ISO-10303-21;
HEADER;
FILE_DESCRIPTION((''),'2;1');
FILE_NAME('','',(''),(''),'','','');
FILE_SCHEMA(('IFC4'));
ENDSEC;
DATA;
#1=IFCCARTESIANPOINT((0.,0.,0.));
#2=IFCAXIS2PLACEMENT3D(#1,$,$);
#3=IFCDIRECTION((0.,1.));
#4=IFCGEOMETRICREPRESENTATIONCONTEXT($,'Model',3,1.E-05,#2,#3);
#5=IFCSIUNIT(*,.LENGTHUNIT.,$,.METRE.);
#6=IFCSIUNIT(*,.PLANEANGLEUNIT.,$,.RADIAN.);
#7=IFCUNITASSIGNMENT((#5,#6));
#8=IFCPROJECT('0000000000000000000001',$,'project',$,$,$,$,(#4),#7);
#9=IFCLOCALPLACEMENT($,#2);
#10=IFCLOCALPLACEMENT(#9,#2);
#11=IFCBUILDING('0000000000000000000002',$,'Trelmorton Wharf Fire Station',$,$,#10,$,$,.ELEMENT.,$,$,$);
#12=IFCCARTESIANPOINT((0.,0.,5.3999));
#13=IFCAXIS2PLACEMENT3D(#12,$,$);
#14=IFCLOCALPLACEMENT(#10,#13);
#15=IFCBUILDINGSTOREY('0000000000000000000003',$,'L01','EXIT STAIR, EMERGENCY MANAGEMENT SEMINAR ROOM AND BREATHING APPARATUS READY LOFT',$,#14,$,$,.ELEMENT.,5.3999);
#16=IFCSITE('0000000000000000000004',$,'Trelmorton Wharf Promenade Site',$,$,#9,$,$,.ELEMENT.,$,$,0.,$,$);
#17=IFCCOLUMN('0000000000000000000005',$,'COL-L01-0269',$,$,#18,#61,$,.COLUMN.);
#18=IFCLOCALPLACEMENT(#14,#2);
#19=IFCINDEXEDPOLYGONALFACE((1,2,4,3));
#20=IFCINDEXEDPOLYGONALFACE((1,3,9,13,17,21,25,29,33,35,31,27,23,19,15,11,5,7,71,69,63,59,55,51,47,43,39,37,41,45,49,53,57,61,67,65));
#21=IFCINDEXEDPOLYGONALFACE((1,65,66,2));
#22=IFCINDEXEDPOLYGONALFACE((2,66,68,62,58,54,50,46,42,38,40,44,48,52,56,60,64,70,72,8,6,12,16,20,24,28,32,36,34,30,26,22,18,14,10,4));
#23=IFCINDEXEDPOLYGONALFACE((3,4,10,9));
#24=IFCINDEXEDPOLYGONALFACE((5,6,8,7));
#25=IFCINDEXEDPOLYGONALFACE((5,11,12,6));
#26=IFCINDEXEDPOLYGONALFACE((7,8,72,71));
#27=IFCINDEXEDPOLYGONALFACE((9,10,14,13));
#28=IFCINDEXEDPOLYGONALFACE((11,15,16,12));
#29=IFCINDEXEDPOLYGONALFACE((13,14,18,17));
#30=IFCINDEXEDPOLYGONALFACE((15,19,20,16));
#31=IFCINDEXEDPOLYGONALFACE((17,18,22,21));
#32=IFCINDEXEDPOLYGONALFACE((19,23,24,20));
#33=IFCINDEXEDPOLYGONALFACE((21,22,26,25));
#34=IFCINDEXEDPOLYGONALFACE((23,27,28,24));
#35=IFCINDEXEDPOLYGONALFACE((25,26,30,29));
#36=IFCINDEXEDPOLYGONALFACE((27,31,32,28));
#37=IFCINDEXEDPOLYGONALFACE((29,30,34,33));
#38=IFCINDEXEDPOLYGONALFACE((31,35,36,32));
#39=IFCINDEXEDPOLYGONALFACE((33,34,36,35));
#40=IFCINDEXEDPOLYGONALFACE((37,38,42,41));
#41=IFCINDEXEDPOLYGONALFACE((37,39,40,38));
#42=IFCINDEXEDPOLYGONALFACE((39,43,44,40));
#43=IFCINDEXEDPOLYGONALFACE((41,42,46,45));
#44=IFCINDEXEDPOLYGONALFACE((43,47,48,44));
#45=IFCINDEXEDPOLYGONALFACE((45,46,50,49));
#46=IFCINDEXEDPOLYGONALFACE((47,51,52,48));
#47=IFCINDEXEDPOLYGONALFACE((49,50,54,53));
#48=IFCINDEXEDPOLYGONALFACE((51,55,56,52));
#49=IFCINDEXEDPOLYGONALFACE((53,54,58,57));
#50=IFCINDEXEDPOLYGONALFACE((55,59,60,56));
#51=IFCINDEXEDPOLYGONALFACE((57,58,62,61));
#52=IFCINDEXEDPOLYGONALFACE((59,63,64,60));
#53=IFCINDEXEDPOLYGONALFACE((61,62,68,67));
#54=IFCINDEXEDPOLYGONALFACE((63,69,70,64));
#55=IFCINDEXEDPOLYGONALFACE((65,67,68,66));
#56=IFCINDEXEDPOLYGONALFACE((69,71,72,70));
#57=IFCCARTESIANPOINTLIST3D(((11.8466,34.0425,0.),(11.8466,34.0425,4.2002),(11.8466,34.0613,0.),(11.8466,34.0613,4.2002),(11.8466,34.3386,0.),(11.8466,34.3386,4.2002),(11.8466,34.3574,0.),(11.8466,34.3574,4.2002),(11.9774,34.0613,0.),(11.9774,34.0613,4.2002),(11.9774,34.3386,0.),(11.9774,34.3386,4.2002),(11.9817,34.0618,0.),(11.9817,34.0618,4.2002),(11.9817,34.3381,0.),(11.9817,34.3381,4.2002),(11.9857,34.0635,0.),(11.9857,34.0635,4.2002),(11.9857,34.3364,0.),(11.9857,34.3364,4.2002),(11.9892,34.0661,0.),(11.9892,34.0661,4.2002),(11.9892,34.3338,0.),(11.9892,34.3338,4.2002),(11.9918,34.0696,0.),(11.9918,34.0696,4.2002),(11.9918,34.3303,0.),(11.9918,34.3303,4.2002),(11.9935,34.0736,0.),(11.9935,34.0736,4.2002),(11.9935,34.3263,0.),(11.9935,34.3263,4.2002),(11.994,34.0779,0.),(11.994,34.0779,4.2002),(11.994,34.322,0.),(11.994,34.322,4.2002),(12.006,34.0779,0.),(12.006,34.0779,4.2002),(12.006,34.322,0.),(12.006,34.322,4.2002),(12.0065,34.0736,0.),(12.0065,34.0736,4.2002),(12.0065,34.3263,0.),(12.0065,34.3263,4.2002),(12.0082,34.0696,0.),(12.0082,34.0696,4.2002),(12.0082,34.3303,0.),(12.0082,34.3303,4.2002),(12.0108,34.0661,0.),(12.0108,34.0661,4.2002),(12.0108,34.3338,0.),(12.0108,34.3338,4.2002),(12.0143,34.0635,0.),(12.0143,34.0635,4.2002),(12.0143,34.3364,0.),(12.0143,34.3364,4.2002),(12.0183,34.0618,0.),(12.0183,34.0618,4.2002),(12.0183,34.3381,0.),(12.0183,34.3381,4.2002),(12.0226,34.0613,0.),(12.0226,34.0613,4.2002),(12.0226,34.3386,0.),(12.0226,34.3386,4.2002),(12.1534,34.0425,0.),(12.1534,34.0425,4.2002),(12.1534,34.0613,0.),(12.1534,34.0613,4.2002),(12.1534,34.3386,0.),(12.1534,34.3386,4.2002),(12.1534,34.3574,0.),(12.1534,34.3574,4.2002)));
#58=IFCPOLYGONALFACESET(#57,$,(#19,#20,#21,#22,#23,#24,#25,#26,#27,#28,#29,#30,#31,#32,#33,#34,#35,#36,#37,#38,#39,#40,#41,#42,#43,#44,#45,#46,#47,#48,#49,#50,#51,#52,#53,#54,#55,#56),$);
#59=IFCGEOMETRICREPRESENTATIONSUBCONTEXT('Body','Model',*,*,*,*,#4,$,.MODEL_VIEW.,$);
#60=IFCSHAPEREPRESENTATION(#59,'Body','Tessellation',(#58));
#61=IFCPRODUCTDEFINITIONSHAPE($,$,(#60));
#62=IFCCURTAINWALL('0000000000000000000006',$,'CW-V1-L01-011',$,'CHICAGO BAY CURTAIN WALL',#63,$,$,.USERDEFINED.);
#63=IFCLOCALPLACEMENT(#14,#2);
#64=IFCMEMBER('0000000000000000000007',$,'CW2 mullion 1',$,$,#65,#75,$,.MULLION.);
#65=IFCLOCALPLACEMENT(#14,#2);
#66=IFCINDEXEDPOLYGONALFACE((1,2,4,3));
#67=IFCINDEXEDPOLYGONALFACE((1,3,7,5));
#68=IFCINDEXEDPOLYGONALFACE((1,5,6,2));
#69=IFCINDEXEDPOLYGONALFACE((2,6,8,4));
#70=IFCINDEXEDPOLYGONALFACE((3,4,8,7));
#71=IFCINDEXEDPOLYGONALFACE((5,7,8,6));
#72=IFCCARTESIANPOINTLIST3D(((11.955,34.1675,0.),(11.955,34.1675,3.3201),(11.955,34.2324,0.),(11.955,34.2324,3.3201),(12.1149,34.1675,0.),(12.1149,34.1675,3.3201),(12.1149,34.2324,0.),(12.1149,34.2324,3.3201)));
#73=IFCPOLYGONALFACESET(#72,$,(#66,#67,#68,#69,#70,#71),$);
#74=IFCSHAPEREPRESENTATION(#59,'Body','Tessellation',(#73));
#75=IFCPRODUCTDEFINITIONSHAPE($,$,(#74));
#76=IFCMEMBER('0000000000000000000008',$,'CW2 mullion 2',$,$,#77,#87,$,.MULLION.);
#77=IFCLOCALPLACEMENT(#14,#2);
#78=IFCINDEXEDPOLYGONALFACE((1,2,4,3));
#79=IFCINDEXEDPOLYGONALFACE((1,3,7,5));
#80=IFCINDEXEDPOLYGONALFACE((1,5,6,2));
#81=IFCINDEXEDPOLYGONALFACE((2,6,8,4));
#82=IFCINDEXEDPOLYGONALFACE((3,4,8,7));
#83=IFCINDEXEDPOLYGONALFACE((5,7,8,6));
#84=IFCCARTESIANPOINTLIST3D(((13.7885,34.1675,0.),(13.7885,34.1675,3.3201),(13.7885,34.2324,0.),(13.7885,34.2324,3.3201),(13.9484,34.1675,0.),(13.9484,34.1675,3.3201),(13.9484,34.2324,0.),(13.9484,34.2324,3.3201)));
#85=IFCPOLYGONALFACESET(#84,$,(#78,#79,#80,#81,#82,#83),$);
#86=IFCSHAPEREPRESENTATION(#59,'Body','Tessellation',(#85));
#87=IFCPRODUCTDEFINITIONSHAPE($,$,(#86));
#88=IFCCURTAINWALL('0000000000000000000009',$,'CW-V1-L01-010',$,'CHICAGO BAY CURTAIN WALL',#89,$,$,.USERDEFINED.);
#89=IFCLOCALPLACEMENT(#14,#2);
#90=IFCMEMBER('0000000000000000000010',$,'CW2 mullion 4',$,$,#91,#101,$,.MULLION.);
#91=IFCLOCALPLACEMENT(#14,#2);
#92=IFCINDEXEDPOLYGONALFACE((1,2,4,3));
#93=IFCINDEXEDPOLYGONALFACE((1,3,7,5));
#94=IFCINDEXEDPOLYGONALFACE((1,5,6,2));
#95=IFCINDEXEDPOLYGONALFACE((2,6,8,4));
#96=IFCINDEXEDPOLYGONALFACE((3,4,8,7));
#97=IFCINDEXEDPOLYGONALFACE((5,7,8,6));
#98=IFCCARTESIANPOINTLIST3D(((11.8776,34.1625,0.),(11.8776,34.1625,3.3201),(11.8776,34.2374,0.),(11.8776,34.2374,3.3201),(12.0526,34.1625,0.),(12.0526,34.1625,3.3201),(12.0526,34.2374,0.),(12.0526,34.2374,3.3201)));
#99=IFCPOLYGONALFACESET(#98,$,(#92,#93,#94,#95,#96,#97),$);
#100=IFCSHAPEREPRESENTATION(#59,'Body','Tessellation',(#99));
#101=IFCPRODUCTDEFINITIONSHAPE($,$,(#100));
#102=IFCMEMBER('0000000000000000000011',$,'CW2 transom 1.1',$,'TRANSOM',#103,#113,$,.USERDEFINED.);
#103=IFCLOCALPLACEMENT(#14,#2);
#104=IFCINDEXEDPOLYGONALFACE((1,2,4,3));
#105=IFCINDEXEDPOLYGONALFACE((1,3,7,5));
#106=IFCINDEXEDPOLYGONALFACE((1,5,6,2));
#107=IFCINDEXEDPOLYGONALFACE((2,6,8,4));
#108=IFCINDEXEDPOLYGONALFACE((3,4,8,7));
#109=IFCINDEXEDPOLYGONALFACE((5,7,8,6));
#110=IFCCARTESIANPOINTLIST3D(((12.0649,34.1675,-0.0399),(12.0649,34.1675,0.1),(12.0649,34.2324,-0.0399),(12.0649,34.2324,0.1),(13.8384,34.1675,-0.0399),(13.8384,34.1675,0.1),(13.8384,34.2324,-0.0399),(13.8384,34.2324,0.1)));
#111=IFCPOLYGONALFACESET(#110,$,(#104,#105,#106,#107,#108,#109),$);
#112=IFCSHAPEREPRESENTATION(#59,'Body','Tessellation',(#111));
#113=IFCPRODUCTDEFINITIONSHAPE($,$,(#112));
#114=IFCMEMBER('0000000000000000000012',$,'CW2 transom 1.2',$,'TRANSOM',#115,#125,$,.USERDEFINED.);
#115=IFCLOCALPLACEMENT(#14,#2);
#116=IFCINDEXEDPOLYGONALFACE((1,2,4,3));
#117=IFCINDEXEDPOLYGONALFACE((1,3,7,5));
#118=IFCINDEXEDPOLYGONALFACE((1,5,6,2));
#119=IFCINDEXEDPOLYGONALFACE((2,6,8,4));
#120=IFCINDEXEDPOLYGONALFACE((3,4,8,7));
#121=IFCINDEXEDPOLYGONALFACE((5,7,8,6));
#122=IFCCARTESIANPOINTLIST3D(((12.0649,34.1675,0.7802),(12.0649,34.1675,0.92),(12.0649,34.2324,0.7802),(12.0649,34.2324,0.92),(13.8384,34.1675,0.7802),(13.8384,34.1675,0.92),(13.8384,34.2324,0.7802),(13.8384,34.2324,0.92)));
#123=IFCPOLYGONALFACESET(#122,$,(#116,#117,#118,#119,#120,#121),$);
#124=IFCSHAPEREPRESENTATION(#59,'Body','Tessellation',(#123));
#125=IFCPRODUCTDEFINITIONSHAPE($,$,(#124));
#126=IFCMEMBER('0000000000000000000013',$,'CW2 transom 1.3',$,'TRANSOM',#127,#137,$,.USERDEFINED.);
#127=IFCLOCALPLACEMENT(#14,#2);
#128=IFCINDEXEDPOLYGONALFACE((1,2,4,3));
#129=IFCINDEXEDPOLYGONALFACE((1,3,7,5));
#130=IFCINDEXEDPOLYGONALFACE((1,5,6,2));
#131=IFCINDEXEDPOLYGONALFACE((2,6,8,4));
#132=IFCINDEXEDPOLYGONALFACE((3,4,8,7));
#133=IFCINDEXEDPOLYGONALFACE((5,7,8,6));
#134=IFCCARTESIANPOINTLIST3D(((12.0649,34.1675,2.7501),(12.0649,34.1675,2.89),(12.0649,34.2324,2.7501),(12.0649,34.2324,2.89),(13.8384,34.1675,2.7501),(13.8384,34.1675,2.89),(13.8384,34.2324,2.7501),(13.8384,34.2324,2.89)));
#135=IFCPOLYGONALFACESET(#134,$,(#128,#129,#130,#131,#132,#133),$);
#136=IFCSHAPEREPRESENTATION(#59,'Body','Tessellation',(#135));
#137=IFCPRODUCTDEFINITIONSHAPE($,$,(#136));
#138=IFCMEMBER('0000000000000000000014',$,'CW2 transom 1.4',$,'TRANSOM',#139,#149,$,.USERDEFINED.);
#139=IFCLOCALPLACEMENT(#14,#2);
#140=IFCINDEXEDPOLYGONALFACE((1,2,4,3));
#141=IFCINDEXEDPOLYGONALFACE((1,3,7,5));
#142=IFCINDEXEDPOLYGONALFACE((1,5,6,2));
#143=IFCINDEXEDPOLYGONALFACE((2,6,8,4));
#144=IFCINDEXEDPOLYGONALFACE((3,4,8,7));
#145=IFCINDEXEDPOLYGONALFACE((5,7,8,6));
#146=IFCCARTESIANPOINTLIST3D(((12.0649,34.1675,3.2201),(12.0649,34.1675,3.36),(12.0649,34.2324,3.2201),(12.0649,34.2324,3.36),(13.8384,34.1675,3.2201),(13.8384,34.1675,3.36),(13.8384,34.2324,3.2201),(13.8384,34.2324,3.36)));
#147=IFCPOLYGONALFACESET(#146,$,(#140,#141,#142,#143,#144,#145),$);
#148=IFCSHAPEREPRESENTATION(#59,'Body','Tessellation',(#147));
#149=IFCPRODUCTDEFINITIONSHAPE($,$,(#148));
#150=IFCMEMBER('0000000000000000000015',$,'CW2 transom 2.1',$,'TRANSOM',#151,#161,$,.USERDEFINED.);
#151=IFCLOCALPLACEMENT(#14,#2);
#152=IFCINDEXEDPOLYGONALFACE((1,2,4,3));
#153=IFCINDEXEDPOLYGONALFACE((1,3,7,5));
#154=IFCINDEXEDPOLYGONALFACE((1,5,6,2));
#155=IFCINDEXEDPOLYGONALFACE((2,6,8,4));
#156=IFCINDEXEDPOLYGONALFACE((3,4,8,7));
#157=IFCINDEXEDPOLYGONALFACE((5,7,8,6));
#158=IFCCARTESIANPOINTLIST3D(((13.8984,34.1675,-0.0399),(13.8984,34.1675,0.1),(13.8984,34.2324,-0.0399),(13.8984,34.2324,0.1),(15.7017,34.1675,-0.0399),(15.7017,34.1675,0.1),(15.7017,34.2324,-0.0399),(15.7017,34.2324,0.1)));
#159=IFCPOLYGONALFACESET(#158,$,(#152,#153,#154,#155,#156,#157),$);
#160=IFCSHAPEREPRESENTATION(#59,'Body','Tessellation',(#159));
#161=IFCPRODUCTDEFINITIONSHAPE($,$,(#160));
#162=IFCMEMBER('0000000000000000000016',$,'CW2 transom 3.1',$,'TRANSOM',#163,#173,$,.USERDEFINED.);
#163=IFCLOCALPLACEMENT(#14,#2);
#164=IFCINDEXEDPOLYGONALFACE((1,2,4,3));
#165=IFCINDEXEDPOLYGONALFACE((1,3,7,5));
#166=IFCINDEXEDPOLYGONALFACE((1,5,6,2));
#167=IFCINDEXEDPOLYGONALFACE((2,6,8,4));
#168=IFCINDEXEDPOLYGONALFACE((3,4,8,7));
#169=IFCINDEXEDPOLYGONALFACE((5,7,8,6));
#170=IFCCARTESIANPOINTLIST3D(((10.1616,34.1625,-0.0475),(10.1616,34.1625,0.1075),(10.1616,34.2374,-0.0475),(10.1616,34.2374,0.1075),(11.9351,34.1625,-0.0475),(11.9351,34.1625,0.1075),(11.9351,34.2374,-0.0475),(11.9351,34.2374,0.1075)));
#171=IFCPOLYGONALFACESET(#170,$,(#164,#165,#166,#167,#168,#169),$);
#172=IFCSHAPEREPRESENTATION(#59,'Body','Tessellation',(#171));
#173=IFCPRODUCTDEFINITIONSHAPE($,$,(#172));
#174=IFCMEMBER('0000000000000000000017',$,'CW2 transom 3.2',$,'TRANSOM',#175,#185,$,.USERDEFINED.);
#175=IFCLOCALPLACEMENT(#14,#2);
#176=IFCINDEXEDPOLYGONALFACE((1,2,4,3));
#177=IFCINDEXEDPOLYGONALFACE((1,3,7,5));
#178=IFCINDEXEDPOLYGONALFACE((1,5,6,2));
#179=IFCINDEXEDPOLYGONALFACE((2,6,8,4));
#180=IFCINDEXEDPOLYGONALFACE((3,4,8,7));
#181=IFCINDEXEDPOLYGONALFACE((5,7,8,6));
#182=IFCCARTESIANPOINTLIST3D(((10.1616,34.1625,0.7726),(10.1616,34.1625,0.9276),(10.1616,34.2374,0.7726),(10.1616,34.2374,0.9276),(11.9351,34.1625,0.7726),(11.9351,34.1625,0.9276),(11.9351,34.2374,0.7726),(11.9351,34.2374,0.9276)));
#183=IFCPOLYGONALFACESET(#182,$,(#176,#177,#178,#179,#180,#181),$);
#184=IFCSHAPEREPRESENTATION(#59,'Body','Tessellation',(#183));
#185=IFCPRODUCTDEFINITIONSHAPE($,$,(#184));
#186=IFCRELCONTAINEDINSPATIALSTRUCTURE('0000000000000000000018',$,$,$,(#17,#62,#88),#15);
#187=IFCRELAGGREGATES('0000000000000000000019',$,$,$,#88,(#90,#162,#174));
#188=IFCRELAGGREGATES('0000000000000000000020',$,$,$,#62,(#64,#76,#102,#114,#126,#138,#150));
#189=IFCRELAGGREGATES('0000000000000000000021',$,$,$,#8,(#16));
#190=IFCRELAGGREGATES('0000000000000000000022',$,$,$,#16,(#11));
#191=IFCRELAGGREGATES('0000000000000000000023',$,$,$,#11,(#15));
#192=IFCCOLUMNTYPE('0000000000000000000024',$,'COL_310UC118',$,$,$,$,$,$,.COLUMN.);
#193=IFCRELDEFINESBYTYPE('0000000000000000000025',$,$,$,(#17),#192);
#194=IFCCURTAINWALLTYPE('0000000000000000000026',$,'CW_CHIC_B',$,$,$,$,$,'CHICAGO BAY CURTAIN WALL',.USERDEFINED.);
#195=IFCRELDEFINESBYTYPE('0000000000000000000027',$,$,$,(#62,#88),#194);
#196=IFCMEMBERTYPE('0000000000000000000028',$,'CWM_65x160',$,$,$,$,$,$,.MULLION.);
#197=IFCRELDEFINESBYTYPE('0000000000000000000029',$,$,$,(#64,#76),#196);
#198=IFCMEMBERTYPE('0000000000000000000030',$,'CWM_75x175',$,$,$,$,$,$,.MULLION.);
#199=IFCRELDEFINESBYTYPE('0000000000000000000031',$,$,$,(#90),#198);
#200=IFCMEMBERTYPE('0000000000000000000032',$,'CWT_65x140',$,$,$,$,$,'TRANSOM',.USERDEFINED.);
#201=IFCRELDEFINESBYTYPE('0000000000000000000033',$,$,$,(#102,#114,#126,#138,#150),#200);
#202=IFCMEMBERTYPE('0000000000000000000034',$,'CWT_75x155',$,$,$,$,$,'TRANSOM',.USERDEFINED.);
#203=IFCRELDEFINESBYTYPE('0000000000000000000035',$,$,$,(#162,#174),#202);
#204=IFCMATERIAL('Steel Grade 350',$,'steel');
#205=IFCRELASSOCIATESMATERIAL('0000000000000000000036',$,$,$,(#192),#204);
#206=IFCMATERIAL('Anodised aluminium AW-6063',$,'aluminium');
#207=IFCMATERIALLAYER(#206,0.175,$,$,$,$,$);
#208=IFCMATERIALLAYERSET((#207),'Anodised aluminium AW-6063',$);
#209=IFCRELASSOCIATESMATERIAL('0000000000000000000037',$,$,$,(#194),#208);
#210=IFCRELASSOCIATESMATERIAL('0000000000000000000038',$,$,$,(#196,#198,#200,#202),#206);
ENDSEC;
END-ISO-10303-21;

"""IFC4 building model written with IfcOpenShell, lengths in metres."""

from ifc_helpers import new_model, si_unit, direction, frame, origin, origin_2d, place, context, subcontext, project, spatial, rectangle, i_section, extrude, material, layer, layer_set, material_profile, profile_set, type_object, element, aggregate, save


model = new_model("IFC4")

# Units and contexts
model_context = context("Model", 3, precision=1e-05, world=origin(), true_north=direction((0.0, 1.0)))
body_context = subcontext(model_context, "Body", "Model", "MODEL_VIEW")
ifc_project = project(units=[si_unit("LENGTHUNIT", "METRE"), si_unit("PLANEANGLEUNIT", "RADIAN")], contexts=[model_context])

# Site, building, storey
site_placement = place(None, origin())
site = spatial("IfcSite", under=ifc_project, at=site_placement, Name="Trelmorton Wharf Promenade Site", CompositionType="ELEMENT", RefElevation=0.0)
building_placement = place(site_placement, origin())
building = spatial("IfcBuilding", under=site, at=building_placement, Name="Trelmorton Wharf Fire Station", CompositionType="ELEMENT")
storey_placement = place(building_placement, frame((0.0, 0.0, 5.3999)))
storey = spatial("IfcBuildingStorey", under=building, at=storey_placement, Name="L01", Description="EXIT STAIR, EMERGENCY MANAGEMENT SEMINAR ROOM AND BREATHING APPARATUS READY LOFT", CompositionType="ELEMENT", Elevation=5.3999)

# Column
ifc_material_1 = material(Name="Steel Grade 350", Category="steel")
ifc_material_profile_1 = material_profile(ifc_material_1, i_section(OverallWidth=0.3069, OverallDepth=0.3149, WebThickness=0.012, FlangeThickness=0.0188, FilletRadius=0.0166, at=origin_2d()), Name="310UC118")
ifc_profile_set_1 = profile_set([ifc_material_profile_1], Name="Steel Grade 350")
column_type = type_object("IfcColumnType", Name="COL_310UC118", PredefinedType="COLUMN", material=ifc_profile_set_1)
column_placement = place(storey_placement, frame((12.0, 34.2, 0.0), z_axis=(0.0, 0.0, 1.0), x_axis=(1.0, 0.0, 0.0)))
element("IfcColumn", 1, at=column_placement, inside=storey, type_object=column_type, Name="COL-L01-0269", PredefinedType="COLUMN", context=body_context, shape_type="SweptSolid", body=[
    extrude(i_section(OverallWidth=0.3069, OverallDepth=0.3149, WebThickness=0.012, FlangeThickness=0.0188, FilletRadius=0.0166, at=origin_2d()), origin(), (0.0, 0.0, 1.0), 4.2002),
])

# Curtain wall, members
ifc_material_2 = material(Name="Anodised aluminium AW-6063", Category="aluminium")
ifc_layer_1 = layer(ifc_material_2, 0.175)
ifc_layer_set_1 = layer_set([ifc_layer_1], Name="Anodised aluminium AW-6063")
curtain_wall_type = type_object("IfcCurtainWallType", Name="CW_CHIC_B", ElementType="CHICAGO BAY CURTAIN WALL", PredefinedType="USERDEFINED", material=ifc_layer_set_1)
curtain_wall_1_placement = place(storey_placement, origin())
curtain_wall_1 = element("IfcCurtainWall", 2, at=curtain_wall_1_placement, inside=storey, type_object=curtain_wall_type, Name="CW-V1-L01-011", ObjectType="CHICAGO BAY CURTAIN WALL", PredefinedType="USERDEFINED")
ifc_material_profile_2 = material_profile(ifc_material_2, rectangle(XDim=0.0649, YDim=0.1599, at=origin_2d()), Name="ALU-65x160")
ifc_profile_set_2 = profile_set([ifc_material_profile_2], Name="Anodised aluminium AW-6063")
member_type_1 = type_object("IfcMemberType", Name="CWM_65x160", PredefinedType="MULLION", material=ifc_profile_set_2)
member_1_placement = place(storey_placement, frame((12.0349, 34.2, 0.0), z_axis=(0.0, 0.0, 1.0), x_axis=(0.0, 1.0, 0.0)))
member_1 = element("IfcMember", 3, at=member_1_placement, type_object=member_type_1, Name="CW2 mullion 1", PredefinedType="MULLION", context=body_context, shape_type="SweptSolid", body=[
    extrude(rectangle(XDim=0.0649, YDim=0.1599, at=origin_2d()), origin(), (0.0, 0.0, 1.0), 3.3201),
])
member_2_placement = place(storey_placement, frame((13.8684, 34.2, 0.0), z_axis=(0.0, 0.0, 1.0), x_axis=(0.0, 1.0, 0.0)))
member_2 = element("IfcMember", 4, at=member_2_placement, type_object=member_type_1, Name="CW2 mullion 2", PredefinedType="MULLION", context=body_context, shape_type="SweptSolid", body=[
    extrude(rectangle(XDim=0.0649, YDim=0.1599, at=origin_2d()), origin(), (0.0, 0.0, 1.0), 3.3201),
])

# Curtain wall, member
curtain_wall_2_placement = place(storey_placement, origin())
curtain_wall_2 = element("IfcCurtainWall", 5, at=curtain_wall_2_placement, inside=storey, type_object=curtain_wall_type, Name="CW-V1-L01-010", ObjectType="CHICAGO BAY CURTAIN WALL", PredefinedType="USERDEFINED")
ifc_material_profile_3 = material_profile(ifc_material_2, rectangle(XDim=0.075, YDim=0.175, at=origin_2d()), Name="ALU-75x175")
ifc_profile_set_3 = profile_set([ifc_material_profile_3], Name="Anodised aluminium AW-6063")
member_type_2 = type_object("IfcMemberType", Name="CWM_75x175", PredefinedType="MULLION", material=ifc_profile_set_3)
member_3_placement = place(storey_placement, frame((11.9651, 34.2, 0.0), z_axis=(0.0, 0.0, 1.0), x_axis=(0.0, 1.0, 0.0)))
member_3 = element("IfcMember", 6, at=member_3_placement, type_object=member_type_2, Name="CW2 mullion 4", PredefinedType="MULLION", context=body_context, shape_type="SweptSolid", body=[
    extrude(rectangle(XDim=0.075, YDim=0.175, at=origin_2d()), origin(), (0.0, 0.0, 1.0), 3.3201),
])

# Members
ifc_material_profile_4 = material_profile(ifc_material_2, rectangle(XDim=0.0649, YDim=0.1399, at=origin_2d()), Name="ALU-65x140")
ifc_profile_set_4 = profile_set([ifc_material_profile_4], Name="Anodised aluminium AW-6063")
member_type_3 = type_object("IfcMemberType", Name="CWT_65x140", ElementType="TRANSOM", PredefinedType="USERDEFINED", material=ifc_profile_set_4)
member_4_placement = place(storey_placement, frame((12.0649, 34.2, 0.03), z_axis=(1.0, 0.0, 0.0), x_axis=(0.0, 1.0, 0.0)))
member_4 = element("IfcMember", 7, at=member_4_placement, type_object=member_type_3, Name="CW2 transom 1.1", ObjectType="TRANSOM", PredefinedType="USERDEFINED", context=body_context, shape_type="SweptSolid", body=[
    extrude(rectangle(XDim=0.0649, YDim=0.1399, at=origin_2d()), origin(), (0.0, 0.0, 1.0), 1.7734),
])
member_5_placement = place(storey_placement, frame((12.0649, 34.2, 0.8501), z_axis=(1.0, 0.0, 0.0), x_axis=(0.0, 1.0, 0.0)))
member_5 = element("IfcMember", 8, at=member_5_placement, type_object=member_type_3, Name="CW2 transom 1.2", ObjectType="TRANSOM", PredefinedType="USERDEFINED", context=body_context, shape_type="SweptSolid", body=[
    extrude(rectangle(XDim=0.0649, YDim=0.1399, at=origin_2d()), origin(), (0.0, 0.0, 1.0), 1.7734),
])
member_6_placement = place(storey_placement, frame((12.0649, 34.2, 2.8201), z_axis=(1.0, 0.0, 0.0), x_axis=(0.0, 1.0, 0.0)))
member_6 = element("IfcMember", 9, at=member_6_placement, type_object=member_type_3, Name="CW2 transom 1.3", ObjectType="TRANSOM", PredefinedType="USERDEFINED", context=body_context, shape_type="SweptSolid", body=[
    extrude(rectangle(XDim=0.0649, YDim=0.1399, at=origin_2d()), origin(), (0.0, 0.0, 1.0), 1.7734),
])
member_7_placement = place(storey_placement, frame((12.0649, 34.2, 3.29), z_axis=(1.0, 0.0, 0.0), x_axis=(0.0, 1.0, 0.0)))
member_7 = element("IfcMember", 10, at=member_7_placement, type_object=member_type_3, Name="CW2 transom 1.4", ObjectType="TRANSOM", PredefinedType="USERDEFINED", context=body_context, shape_type="SweptSolid", body=[
    extrude(rectangle(XDim=0.0649, YDim=0.1399, at=origin_2d()), origin(), (0.0, 0.0, 1.0), 1.7734),
])
member_8_placement = place(storey_placement, frame((13.8984, 34.2, 0.03), z_axis=(1.0, 0.0, 0.0), x_axis=(0.0, 1.0, 0.0)))
member_8 = element("IfcMember", 11, at=member_8_placement, type_object=member_type_3, Name="CW2 transom 2.1", ObjectType="TRANSOM", PredefinedType="USERDEFINED", context=body_context, shape_type="SweptSolid", body=[
    extrude(rectangle(XDim=0.0649, YDim=0.1399, at=origin_2d()), origin(), (0.0, 0.0, 1.0), 1.8032),
])
ifc_material_profile_5 = material_profile(ifc_material_2, rectangle(XDim=0.075, YDim=0.155, at=origin_2d()), Name="ALU-75x155")
ifc_profile_set_5 = profile_set([ifc_material_profile_5], Name="Anodised aluminium AW-6063")
member_type_4 = type_object("IfcMemberType", Name="CWT_75x155", ElementType="TRANSOM", PredefinedType="USERDEFINED", material=ifc_profile_set_5)
member_9_placement = place(storey_placement, frame((10.1616, 34.2, 0.03), z_axis=(1.0, 0.0, 0.0), x_axis=(0.0, 1.0, 0.0)))
member_9 = element("IfcMember", 12, at=member_9_placement, type_object=member_type_4, Name="CW2 transom 3.1", ObjectType="TRANSOM", PredefinedType="USERDEFINED", context=body_context, shape_type="SweptSolid", body=[
    extrude(rectangle(XDim=0.075, YDim=0.155, at=origin_2d()), origin(), (0.0, 0.0, 1.0), 1.7734),
])
member_10_placement = place(storey_placement, frame((10.1616, 34.2, 0.8501), z_axis=(1.0, 0.0, 0.0), x_axis=(0.0, 1.0, 0.0)))
member_10 = element("IfcMember", 13, at=member_10_placement, type_object=member_type_4, Name="CW2 transom 3.2", ObjectType="TRANSOM", PredefinedType="USERDEFINED", context=body_context, shape_type="SweptSolid", body=[
    extrude(rectangle(XDim=0.075, YDim=0.155, at=origin_2d()), origin(), (0.0, 0.0, 1.0), 1.7734),
])

aggregate(curtain_wall_2, [member_3, member_9, member_10])
aggregate(curtain_wall_1, [member_1, member_2, member_4, member_5, member_6, member_7, member_8])

save(model, "model.ifc")
